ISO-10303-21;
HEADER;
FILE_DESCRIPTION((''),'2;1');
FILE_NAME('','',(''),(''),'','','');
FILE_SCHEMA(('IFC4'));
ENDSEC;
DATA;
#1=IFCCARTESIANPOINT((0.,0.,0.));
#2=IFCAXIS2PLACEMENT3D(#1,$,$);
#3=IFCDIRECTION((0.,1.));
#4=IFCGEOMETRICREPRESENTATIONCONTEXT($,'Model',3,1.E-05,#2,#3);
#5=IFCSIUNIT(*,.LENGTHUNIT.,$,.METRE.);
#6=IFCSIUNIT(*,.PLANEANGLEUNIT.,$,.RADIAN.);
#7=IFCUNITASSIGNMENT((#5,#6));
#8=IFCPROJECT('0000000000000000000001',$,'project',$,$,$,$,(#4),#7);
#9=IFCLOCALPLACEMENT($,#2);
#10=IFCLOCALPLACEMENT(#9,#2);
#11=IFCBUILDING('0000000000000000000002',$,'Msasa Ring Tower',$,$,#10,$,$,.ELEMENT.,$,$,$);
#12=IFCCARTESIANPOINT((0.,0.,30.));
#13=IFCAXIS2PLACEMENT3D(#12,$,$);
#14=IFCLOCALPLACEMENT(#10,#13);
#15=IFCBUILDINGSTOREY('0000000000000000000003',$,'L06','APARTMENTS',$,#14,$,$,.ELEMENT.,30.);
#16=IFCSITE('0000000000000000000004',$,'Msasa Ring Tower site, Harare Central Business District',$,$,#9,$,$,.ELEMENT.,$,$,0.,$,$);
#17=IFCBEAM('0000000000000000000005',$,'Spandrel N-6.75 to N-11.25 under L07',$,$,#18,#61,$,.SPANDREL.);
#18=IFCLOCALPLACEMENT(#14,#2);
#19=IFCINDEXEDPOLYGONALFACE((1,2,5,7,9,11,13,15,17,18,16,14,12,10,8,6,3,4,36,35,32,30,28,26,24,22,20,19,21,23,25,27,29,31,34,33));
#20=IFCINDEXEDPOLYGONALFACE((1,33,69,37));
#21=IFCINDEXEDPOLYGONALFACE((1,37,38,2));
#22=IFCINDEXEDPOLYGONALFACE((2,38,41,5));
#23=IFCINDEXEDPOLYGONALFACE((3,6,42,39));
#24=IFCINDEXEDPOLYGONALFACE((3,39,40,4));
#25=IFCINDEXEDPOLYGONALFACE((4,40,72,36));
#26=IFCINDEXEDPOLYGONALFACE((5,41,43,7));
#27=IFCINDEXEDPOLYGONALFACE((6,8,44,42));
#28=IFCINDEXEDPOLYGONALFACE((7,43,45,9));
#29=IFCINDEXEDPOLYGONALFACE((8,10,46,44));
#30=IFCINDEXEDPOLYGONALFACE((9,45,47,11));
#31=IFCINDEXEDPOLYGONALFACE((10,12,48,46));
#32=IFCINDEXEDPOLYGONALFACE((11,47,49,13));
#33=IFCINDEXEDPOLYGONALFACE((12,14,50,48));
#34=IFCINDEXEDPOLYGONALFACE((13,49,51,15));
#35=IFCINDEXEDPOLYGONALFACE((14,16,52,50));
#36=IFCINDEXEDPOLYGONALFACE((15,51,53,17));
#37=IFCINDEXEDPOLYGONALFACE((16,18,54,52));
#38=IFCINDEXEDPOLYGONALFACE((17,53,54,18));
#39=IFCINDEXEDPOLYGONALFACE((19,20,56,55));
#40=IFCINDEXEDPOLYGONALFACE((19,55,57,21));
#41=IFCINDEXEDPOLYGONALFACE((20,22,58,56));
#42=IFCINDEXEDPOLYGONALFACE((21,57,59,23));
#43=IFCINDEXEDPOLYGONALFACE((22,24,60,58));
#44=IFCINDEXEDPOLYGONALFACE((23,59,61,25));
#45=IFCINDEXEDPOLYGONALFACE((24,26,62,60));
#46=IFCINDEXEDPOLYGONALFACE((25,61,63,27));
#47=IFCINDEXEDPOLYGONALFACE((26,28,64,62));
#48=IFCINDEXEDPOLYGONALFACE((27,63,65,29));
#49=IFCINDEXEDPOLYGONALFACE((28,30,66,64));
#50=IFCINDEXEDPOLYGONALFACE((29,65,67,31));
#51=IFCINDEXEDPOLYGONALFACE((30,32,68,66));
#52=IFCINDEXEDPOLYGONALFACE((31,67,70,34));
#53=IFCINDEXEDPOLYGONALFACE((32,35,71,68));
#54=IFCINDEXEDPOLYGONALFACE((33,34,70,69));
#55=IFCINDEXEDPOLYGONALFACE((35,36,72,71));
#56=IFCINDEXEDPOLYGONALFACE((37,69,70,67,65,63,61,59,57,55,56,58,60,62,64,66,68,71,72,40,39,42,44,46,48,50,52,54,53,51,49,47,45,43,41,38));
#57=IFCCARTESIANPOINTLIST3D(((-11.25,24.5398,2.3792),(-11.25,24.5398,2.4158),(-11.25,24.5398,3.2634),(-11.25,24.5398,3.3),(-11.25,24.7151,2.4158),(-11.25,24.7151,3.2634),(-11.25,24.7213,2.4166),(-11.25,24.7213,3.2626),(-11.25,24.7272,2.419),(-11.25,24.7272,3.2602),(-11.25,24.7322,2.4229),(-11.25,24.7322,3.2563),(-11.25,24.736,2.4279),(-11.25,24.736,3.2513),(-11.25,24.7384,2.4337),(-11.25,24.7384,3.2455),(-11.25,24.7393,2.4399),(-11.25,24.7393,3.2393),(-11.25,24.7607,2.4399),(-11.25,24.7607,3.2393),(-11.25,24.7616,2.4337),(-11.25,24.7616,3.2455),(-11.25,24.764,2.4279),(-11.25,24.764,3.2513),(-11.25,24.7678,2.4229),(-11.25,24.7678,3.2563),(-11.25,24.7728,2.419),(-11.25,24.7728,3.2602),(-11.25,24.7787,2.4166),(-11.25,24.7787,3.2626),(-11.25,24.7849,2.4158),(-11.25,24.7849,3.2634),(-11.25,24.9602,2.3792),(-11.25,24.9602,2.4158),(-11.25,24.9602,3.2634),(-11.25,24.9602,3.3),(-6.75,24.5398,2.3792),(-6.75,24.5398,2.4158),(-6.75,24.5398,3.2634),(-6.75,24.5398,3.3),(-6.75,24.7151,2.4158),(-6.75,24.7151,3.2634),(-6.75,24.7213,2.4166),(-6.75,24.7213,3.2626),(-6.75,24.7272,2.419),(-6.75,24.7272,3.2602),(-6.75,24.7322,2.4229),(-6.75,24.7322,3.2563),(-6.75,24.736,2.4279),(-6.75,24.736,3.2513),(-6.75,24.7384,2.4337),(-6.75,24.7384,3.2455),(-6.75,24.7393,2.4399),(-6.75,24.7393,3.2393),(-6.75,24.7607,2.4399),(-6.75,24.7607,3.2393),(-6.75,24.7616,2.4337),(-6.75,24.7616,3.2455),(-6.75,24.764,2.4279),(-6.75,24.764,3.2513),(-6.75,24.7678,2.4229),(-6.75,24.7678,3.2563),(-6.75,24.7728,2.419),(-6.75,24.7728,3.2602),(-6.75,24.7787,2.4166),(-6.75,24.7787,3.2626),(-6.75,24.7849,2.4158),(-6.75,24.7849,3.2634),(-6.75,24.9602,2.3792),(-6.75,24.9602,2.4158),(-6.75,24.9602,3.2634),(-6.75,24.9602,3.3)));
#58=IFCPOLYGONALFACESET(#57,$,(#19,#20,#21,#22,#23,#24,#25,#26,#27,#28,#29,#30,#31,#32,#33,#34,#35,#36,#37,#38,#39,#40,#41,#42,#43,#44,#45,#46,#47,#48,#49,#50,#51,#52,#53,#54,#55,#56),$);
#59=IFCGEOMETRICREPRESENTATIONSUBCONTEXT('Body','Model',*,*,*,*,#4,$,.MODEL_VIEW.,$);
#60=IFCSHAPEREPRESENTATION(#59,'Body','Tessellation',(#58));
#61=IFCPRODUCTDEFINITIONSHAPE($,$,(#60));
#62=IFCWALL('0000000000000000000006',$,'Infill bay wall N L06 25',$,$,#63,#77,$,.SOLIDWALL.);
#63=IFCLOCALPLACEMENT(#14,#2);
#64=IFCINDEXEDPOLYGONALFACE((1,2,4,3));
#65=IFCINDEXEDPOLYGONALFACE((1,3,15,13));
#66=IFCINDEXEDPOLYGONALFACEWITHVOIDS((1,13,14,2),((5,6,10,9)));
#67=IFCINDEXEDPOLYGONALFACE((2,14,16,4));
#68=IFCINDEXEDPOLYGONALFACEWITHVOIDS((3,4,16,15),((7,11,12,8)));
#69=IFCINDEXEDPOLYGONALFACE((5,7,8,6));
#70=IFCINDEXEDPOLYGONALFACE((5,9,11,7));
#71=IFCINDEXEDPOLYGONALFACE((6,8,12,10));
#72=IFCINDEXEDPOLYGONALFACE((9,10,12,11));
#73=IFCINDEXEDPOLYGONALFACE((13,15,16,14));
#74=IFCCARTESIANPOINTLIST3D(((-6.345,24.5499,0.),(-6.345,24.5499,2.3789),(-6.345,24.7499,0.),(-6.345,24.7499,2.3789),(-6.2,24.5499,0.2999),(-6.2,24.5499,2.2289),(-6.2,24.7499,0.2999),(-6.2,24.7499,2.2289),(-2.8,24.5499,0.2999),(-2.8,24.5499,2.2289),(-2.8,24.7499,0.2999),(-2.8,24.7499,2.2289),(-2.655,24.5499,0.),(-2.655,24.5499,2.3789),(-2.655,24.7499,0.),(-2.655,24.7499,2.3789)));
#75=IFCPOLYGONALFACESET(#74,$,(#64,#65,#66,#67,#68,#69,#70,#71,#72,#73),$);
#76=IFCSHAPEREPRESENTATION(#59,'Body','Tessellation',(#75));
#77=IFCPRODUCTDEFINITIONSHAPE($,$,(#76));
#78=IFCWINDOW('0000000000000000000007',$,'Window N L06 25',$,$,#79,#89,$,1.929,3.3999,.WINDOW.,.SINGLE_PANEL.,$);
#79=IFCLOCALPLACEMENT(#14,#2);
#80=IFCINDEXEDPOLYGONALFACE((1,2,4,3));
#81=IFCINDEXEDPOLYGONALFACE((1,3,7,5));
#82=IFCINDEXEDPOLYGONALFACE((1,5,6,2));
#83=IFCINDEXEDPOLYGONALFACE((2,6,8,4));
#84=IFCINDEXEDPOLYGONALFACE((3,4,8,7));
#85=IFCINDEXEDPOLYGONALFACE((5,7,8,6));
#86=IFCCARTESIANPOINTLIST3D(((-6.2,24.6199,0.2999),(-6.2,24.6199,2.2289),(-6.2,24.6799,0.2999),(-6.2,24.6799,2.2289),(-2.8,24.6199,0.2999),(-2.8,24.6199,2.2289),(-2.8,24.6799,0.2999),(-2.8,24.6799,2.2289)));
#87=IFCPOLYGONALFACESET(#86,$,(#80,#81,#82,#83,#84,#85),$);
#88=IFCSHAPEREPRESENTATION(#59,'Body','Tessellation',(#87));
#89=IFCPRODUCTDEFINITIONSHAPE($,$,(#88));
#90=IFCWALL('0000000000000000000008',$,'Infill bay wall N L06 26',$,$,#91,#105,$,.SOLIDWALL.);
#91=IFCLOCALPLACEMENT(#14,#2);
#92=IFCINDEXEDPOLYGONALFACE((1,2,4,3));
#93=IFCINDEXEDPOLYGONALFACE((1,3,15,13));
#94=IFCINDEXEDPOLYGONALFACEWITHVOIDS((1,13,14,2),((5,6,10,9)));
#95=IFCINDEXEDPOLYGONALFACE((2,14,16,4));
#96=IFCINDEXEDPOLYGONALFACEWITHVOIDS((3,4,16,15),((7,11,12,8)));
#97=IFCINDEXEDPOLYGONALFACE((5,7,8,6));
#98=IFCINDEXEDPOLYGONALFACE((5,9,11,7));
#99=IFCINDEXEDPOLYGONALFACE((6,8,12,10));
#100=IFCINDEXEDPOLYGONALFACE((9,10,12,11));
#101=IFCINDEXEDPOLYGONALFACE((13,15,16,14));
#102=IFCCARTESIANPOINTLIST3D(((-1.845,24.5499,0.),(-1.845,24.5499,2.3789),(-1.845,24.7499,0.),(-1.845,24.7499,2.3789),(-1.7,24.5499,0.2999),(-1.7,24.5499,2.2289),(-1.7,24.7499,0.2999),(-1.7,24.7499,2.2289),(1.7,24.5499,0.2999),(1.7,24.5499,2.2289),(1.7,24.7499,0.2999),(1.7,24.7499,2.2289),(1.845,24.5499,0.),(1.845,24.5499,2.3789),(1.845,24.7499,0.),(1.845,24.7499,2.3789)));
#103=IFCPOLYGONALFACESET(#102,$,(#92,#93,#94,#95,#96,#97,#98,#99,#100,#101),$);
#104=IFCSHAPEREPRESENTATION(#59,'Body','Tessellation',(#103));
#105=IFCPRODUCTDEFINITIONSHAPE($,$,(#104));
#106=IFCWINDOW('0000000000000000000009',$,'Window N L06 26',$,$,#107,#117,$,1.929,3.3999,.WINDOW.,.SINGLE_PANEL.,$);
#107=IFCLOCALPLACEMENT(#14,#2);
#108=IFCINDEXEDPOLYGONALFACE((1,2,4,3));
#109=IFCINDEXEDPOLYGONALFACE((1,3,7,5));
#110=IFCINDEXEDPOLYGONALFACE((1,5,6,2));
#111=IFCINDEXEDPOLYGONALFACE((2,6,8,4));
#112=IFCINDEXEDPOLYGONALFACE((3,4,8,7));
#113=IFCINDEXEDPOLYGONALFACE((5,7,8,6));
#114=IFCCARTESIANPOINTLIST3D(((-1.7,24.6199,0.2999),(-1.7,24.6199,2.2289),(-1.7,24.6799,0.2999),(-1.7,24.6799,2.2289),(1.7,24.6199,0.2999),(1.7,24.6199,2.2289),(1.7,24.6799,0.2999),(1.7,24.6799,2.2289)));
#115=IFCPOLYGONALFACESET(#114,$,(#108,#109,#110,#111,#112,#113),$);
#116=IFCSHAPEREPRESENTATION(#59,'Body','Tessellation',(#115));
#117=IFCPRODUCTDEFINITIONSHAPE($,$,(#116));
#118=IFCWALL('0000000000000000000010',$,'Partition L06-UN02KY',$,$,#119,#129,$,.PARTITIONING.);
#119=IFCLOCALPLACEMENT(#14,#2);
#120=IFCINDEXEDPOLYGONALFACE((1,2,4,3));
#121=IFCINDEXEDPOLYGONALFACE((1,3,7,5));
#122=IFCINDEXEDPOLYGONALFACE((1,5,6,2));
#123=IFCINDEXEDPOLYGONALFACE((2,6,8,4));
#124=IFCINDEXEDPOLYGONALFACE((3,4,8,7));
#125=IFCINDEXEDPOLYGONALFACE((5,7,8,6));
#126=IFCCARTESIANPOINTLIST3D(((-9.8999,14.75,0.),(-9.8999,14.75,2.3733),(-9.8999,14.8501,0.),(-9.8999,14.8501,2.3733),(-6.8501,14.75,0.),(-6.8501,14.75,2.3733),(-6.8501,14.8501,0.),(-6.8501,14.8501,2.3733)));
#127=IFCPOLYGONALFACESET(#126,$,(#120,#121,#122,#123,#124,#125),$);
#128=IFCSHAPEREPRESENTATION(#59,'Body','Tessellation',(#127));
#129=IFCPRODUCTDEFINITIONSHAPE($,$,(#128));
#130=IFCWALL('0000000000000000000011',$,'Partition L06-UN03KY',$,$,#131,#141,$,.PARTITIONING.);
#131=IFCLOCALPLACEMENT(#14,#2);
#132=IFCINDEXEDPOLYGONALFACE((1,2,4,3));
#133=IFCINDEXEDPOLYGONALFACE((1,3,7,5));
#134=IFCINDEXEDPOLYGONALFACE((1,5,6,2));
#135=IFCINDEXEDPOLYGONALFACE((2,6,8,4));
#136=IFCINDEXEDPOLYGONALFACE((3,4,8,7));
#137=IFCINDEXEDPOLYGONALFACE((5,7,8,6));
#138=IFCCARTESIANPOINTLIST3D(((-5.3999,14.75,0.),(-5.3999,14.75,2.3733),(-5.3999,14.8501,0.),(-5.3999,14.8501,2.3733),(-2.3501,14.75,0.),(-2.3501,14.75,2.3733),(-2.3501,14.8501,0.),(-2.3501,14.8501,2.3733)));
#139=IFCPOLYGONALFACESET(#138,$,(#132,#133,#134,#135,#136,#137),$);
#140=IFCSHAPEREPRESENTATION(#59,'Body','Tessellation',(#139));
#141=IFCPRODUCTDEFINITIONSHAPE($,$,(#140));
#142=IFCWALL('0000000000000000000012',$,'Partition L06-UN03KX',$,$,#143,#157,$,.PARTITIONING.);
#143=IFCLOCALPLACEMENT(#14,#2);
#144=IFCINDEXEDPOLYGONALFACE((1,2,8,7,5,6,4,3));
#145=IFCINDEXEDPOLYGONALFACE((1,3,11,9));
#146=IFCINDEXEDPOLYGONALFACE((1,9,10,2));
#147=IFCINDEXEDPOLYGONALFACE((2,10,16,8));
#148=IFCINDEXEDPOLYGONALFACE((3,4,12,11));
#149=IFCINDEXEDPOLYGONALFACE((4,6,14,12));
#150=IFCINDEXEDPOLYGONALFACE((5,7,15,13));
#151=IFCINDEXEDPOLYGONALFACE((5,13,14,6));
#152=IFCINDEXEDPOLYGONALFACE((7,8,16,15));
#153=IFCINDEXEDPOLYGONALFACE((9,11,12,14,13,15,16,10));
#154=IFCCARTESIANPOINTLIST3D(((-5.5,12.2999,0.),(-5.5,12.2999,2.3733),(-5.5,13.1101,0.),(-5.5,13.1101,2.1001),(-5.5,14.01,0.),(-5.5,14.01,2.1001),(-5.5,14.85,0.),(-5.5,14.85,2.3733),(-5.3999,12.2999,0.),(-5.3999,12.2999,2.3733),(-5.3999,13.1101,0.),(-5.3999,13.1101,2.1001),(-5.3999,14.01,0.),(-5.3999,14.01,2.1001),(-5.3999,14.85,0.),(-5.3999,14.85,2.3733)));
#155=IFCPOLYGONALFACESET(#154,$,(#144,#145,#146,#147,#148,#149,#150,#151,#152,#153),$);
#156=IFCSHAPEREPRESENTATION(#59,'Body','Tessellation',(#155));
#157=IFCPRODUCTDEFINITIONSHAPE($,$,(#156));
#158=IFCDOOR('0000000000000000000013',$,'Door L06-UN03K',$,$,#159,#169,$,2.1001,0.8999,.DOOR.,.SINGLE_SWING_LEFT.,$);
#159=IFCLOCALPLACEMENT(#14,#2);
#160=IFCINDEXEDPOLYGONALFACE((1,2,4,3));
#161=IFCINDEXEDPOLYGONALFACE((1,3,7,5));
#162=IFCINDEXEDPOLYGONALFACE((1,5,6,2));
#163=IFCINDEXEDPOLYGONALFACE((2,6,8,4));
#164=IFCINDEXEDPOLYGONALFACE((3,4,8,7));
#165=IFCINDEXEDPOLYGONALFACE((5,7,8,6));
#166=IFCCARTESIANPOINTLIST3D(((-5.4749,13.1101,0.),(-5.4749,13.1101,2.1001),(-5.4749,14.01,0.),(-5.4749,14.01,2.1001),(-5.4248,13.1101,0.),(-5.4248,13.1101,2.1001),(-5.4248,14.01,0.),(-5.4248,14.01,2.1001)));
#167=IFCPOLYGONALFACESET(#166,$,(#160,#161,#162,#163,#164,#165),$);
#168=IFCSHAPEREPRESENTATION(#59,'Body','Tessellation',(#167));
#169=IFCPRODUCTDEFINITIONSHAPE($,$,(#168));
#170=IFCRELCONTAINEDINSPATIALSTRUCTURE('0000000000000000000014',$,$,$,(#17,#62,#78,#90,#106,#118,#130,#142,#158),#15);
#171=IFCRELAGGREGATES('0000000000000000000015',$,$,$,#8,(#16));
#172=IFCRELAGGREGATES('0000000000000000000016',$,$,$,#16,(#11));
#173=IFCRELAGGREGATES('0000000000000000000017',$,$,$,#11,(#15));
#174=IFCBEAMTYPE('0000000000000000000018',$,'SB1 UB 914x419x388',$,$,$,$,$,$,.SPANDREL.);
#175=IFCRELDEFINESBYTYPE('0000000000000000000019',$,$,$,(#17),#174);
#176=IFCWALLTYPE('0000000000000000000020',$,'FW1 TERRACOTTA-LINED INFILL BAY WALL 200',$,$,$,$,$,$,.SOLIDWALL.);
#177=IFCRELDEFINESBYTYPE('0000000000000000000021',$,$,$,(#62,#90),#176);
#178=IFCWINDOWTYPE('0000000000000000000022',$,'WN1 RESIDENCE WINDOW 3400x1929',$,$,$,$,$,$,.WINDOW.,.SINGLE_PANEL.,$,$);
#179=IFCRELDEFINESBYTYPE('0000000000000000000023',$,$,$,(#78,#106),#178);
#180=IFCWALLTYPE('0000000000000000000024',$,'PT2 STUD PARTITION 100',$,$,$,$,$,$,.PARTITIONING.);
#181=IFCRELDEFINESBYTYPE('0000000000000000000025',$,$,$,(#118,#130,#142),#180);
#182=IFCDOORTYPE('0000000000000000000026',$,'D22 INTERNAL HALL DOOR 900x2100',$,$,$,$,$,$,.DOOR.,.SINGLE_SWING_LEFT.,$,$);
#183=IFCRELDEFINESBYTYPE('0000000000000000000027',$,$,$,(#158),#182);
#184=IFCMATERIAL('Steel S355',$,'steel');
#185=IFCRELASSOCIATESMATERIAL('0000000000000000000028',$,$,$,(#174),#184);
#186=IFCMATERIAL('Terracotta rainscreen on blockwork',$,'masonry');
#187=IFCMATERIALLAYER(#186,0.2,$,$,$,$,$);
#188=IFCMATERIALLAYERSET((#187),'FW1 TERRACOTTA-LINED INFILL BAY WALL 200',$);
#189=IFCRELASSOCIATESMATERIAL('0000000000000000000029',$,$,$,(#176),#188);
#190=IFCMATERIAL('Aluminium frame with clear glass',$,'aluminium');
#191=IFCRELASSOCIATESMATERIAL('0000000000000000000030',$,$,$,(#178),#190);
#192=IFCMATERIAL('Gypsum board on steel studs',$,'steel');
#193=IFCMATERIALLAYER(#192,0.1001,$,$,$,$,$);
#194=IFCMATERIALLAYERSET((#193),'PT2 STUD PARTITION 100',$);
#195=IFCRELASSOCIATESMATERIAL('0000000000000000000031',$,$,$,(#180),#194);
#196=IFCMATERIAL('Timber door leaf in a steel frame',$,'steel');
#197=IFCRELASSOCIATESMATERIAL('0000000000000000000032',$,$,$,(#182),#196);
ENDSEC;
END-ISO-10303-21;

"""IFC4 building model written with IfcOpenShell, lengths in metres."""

from ifc_helpers import new_model, si_unit, direction, frame, frame_2d, origin, origin_2d, place, context, subcontext, project, spatial, rectangle, i_section, extrude, material, layer, layer_set, material_profile, profile_set, type_object, element, fill, save


model = new_model("IFC4")

# Units and contexts
model_context = context("Model", 3, precision=1e-05, world=origin(), true_north=direction((0.0, 1.0)))
body_context = subcontext(model_context, "Body", "Model", "MODEL_VIEW")
ifc_project = project(units=[si_unit("LENGTHUNIT", "METRE"), si_unit("PLANEANGLEUNIT", "RADIAN")], contexts=[model_context])

# Site, building, storey
site_placement = place(None, origin())
site = spatial("IfcSite", under=ifc_project, at=site_placement, Name="Msasa Ring Tower site, Harare Central Business District", CompositionType="ELEMENT", RefElevation=0.0)
building_placement = place(site_placement, origin())
building = spatial("IfcBuilding", under=site, at=building_placement, Name="Msasa Ring Tower", CompositionType="ELEMENT")
storey_placement = place(building_placement, frame((0.0, 0.0, 30.0)))
storey = spatial("IfcBuildingStorey", under=building, at=storey_placement, Name="L06", Description="APARTMENTS", CompositionType="ELEMENT", Elevation=30.0)

# Beam
ifc_material_1 = material(Name="Steel S355", Category="steel")
ifc_material_profile_1 = material_profile(ifc_material_1, i_section(OverallWidth=0.4204, OverallDepth=0.9209, WebThickness=0.0215, FlangeThickness=0.0366, FilletRadius=0.0242, at=origin_2d()), Name="UB 914x419x388")
ifc_profile_set_1 = profile_set([ifc_material_profile_1], Name="Steel S355")
beam_type_1 = type_object("IfcBeamType", Name="SB1 UB 914x419x388", PredefinedType="SPANDREL", material=ifc_profile_set_1)
for number, where, z_axis, x_axis, name in (
    (1, (-6.75, 24.75, 2.8396), (-1.0, 0.0, 0.0), (0.0, -1.0, 0.0), "Spandrel N-6.75 to N-11.25 under L07"),
):
    element("IfcBeam", number, at=place(storey_placement, frame(where, z_axis=z_axis, x_axis=x_axis)), inside=storey, type_object=beam_type_1, Name=name, PredefinedType="SPANDREL", context=body_context, shape_type="SweptSolid", body=[
        extrude(i_section(OverallWidth=0.4204, OverallDepth=0.9209, WebThickness=0.0215, FlangeThickness=0.0366, FilletRadius=0.0242, at=origin_2d()), origin(), (0.0, 0.0, 1.0), 4.5),
    ])

# Walls, openings, windows
ifc_material_2 = material(Name="Terracotta rainscreen on blockwork", Category="masonry")
ifc_layer_1 = layer(ifc_material_2, 0.2)
ifc_layer_set_1 = layer_set([ifc_layer_1], Name="FW1 TERRACOTTA-LINED INFILL BAY WALL 200")
wall_type_1 = type_object("IfcWallType", Name="FW1 TERRACOTTA-LINED INFILL BAY WALL 200", PredefinedType="SOLIDWALL", material=ifc_layer_set_1)
wall_1_placement = place(storey_placement, frame((-6.345, 24.6499, 0.0), z_axis=(0.0, 0.0, 1.0), x_axis=(1.0, 0.0, 0.0)))
wall_1 = element("IfcWall", 2, at=wall_1_placement, inside=storey, type_object=wall_type_1, Name="Infill bay wall N L06 25", PredefinedType="SOLIDWALL", context=body_context, shape_type="SweptSolid", body=[
    extrude(rectangle(XDim=3.6899, YDim=0.2, at=frame_2d((1.845, 0.0))), origin(), (0.0, 0.0, 1.0), 2.3789),
])
opening_1_placement = place(wall_1_placement, frame((0.145, 0.0, 0.3)))
opening_1 = element("IfcOpeningElement", 3, at=opening_1_placement, cuts=wall_1, PredefinedType="OPENING", context=body_context, shape_type="SweptSolid", body=[
    extrude(rectangle(XDim=3.3999, YDim=1.929, at=frame_2d((1.7, 0.9644))), frame((0.0, 0.1099, 0.0), z_axis=(0.0, -1.0, 0.0), x_axis=(1.0, 0.0, 0.0)), (0.0, 0.0, 1.0), 0.22),
])
ifc_material_3 = material(Name="Aluminium frame with clear glass", Category="aluminium")
window_type = type_object("IfcWindowType", Name="WN1 RESIDENCE WINDOW 3400x1929", PartitioningType="SINGLE_PANEL", PredefinedType="WINDOW", material=ifc_material_3)
window_1_placement = place(opening_1_placement, origin())
window_1 = element("IfcWindow", 4, at=window_1_placement, inside=storey, type_object=window_type, Name="Window N L06 25", OverallHeight=1.929, OverallWidth=3.3999, PartitioningType="SINGLE_PANEL", PredefinedType="WINDOW", context=body_context, shape_type="SweptSolid", body=[
    extrude(rectangle(XDim=3.3999, YDim=1.929, at=frame_2d((1.7, 0.9644))), frame((0.0, 0.03, 0.0), z_axis=(0.0, -1.0, 0.0), x_axis=(1.0, 0.0, 0.0)), (0.0, 0.0, 1.0), 0.0601),
])
fill(opening_1, window_1)
wall_2_placement = place(storey_placement, frame((-1.845, 24.6499, 0.0), z_axis=(0.0, 0.0, 1.0), x_axis=(1.0, 0.0, 0.0)))
wall_2 = element("IfcWall", 5, at=wall_2_placement, inside=storey, type_object=wall_type_1, Name="Infill bay wall N L06 26", PredefinedType="SOLIDWALL", context=body_context, shape_type="SweptSolid", body=[
    extrude(rectangle(XDim=3.6899, YDim=0.2, at=frame_2d((1.845, 0.0))), origin(), (0.0, 0.0, 1.0), 2.3789),
])
opening_2_placement = place(wall_2_placement, frame((0.145, 0.0, 0.3)))
opening_2 = element("IfcOpeningElement", 6, at=opening_2_placement, cuts=wall_2, PredefinedType="OPENING", context=body_context, shape_type="SweptSolid", body=[
    extrude(rectangle(XDim=3.3999, YDim=1.929, at=frame_2d((1.7, 0.9644))), frame((0.0, 0.1099, 0.0), z_axis=(0.0, -1.0, 0.0), x_axis=(1.0, 0.0, 0.0)), (0.0, 0.0, 1.0), 0.22),
])
window_2_placement = place(opening_2_placement, origin())
window_2 = element("IfcWindow", 7, at=window_2_placement, inside=storey, type_object=window_type, Name="Window N L06 26", OverallHeight=1.929, OverallWidth=3.3999, PartitioningType="SINGLE_PANEL", PredefinedType="WINDOW", context=body_context, shape_type="SweptSolid", body=[
    extrude(rectangle(XDim=3.3999, YDim=1.929, at=frame_2d((1.7, 0.9644))), frame((0.0, 0.03, 0.0), z_axis=(0.0, -1.0, 0.0), x_axis=(1.0, 0.0, 0.0)), (0.0, 0.0, 1.0), 0.0601),
])
fill(opening_2, window_2)

# Walls
ifc_material_4 = material(Name="Gypsum board on steel studs", Category="steel")
ifc_layer_2 = layer(ifc_material_4, 0.1001)
ifc_layer_set_2 = layer_set([ifc_layer_2], Name="PT2 STUD PARTITION 100")
wall_type_2 = type_object("IfcWallType", Name="PT2 STUD PARTITION 100", PredefinedType="PARTITIONING", material=ifc_layer_set_2)
for number, where, z_axis, x_axis, name in (
    (8, (-9.8999, 14.8, 0.0), (0.0, 0.0, 1.0), (1.0, 0.0, 0.0), "Partition L06-UN02KY"),
    (9, (-5.3999, 14.8, 0.0), (0.0, 0.0, 1.0), (1.0, 0.0, 0.0), "Partition L06-UN03KY"),
):
    element("IfcWall", number, at=place(storey_placement, frame(where, z_axis=z_axis, x_axis=x_axis)), inside=storey, type_object=wall_type_2, Name=name, PredefinedType="PARTITIONING", context=body_context, shape_type="SweptSolid", body=[
        extrude(rectangle(XDim=3.0498, YDim=0.1001, at=frame_2d((1.5249, 0.0))), origin(), (0.0, 0.0, 1.0), 2.3733),
    ])

# Wall, opening, door
wall_3_placement = place(storey_placement, frame((-5.45, 12.3, 0.0), z_axis=(0.0, 0.0, 1.0), x_axis=(0.0, 1.0, 0.0)))
wall_3 = element("IfcWall", 10, at=wall_3_placement, inside=storey, type_object=wall_type_2, Name="Partition L06-UN03KX", PredefinedType="PARTITIONING", context=body_context, shape_type="SweptSolid", body=[
    extrude(rectangle(XDim=2.55, YDim=0.1001, at=frame_2d((1.2749, 0.0))), origin(), (0.0, 0.0, 1.0), 2.3733),
])
opening_3_placement = place(wall_3_placement, frame((0.8101, 0.0, 0.0)))
opening_3 = element("IfcOpeningElement", 11, at=opening_3_placement, cuts=wall_3, PredefinedType="OPENING", context=body_context, shape_type="SweptSolid", body=[
    extrude(rectangle(XDim=0.8999, YDim=2.1001, at=frame_2d((0.45, 1.05))), frame((0.0, 0.0601, 0.0), z_axis=(0.0, -1.0, 0.0), x_axis=(1.0, 0.0, 0.0)), (0.0, 0.0, 1.0), 0.1201),
])
ifc_material_5 = material(Name="Timber door leaf in a steel frame", Category="steel")
door_type = type_object("IfcDoorType", Name="D22 INTERNAL HALL DOOR 900x2100", OperationType="SINGLE_SWING_LEFT", PredefinedType="DOOR", material=ifc_material_5)
door_1_placement = place(opening_3_placement, origin())
door_1 = element("IfcDoor", 12, at=door_1_placement, inside=storey, type_object=door_type, Name="Door L06-UN03K", OperationType="SINGLE_SWING_LEFT", OverallHeight=2.1001, OverallWidth=0.8999, PredefinedType="DOOR", context=body_context, shape_type="SweptSolid", body=[
    extrude(rectangle(XDim=0.8999, YDim=2.1001, at=frame_2d((0.45, 1.05))), frame((0.0, 0.0249, 0.0), z_axis=(0.0, -1.0, 0.0), x_axis=(1.0, 0.0, 0.0)), (0.0, 0.0, 1.0), 0.05),
])
fill(opening_3, door_1)

save(model, "model.ifc")
